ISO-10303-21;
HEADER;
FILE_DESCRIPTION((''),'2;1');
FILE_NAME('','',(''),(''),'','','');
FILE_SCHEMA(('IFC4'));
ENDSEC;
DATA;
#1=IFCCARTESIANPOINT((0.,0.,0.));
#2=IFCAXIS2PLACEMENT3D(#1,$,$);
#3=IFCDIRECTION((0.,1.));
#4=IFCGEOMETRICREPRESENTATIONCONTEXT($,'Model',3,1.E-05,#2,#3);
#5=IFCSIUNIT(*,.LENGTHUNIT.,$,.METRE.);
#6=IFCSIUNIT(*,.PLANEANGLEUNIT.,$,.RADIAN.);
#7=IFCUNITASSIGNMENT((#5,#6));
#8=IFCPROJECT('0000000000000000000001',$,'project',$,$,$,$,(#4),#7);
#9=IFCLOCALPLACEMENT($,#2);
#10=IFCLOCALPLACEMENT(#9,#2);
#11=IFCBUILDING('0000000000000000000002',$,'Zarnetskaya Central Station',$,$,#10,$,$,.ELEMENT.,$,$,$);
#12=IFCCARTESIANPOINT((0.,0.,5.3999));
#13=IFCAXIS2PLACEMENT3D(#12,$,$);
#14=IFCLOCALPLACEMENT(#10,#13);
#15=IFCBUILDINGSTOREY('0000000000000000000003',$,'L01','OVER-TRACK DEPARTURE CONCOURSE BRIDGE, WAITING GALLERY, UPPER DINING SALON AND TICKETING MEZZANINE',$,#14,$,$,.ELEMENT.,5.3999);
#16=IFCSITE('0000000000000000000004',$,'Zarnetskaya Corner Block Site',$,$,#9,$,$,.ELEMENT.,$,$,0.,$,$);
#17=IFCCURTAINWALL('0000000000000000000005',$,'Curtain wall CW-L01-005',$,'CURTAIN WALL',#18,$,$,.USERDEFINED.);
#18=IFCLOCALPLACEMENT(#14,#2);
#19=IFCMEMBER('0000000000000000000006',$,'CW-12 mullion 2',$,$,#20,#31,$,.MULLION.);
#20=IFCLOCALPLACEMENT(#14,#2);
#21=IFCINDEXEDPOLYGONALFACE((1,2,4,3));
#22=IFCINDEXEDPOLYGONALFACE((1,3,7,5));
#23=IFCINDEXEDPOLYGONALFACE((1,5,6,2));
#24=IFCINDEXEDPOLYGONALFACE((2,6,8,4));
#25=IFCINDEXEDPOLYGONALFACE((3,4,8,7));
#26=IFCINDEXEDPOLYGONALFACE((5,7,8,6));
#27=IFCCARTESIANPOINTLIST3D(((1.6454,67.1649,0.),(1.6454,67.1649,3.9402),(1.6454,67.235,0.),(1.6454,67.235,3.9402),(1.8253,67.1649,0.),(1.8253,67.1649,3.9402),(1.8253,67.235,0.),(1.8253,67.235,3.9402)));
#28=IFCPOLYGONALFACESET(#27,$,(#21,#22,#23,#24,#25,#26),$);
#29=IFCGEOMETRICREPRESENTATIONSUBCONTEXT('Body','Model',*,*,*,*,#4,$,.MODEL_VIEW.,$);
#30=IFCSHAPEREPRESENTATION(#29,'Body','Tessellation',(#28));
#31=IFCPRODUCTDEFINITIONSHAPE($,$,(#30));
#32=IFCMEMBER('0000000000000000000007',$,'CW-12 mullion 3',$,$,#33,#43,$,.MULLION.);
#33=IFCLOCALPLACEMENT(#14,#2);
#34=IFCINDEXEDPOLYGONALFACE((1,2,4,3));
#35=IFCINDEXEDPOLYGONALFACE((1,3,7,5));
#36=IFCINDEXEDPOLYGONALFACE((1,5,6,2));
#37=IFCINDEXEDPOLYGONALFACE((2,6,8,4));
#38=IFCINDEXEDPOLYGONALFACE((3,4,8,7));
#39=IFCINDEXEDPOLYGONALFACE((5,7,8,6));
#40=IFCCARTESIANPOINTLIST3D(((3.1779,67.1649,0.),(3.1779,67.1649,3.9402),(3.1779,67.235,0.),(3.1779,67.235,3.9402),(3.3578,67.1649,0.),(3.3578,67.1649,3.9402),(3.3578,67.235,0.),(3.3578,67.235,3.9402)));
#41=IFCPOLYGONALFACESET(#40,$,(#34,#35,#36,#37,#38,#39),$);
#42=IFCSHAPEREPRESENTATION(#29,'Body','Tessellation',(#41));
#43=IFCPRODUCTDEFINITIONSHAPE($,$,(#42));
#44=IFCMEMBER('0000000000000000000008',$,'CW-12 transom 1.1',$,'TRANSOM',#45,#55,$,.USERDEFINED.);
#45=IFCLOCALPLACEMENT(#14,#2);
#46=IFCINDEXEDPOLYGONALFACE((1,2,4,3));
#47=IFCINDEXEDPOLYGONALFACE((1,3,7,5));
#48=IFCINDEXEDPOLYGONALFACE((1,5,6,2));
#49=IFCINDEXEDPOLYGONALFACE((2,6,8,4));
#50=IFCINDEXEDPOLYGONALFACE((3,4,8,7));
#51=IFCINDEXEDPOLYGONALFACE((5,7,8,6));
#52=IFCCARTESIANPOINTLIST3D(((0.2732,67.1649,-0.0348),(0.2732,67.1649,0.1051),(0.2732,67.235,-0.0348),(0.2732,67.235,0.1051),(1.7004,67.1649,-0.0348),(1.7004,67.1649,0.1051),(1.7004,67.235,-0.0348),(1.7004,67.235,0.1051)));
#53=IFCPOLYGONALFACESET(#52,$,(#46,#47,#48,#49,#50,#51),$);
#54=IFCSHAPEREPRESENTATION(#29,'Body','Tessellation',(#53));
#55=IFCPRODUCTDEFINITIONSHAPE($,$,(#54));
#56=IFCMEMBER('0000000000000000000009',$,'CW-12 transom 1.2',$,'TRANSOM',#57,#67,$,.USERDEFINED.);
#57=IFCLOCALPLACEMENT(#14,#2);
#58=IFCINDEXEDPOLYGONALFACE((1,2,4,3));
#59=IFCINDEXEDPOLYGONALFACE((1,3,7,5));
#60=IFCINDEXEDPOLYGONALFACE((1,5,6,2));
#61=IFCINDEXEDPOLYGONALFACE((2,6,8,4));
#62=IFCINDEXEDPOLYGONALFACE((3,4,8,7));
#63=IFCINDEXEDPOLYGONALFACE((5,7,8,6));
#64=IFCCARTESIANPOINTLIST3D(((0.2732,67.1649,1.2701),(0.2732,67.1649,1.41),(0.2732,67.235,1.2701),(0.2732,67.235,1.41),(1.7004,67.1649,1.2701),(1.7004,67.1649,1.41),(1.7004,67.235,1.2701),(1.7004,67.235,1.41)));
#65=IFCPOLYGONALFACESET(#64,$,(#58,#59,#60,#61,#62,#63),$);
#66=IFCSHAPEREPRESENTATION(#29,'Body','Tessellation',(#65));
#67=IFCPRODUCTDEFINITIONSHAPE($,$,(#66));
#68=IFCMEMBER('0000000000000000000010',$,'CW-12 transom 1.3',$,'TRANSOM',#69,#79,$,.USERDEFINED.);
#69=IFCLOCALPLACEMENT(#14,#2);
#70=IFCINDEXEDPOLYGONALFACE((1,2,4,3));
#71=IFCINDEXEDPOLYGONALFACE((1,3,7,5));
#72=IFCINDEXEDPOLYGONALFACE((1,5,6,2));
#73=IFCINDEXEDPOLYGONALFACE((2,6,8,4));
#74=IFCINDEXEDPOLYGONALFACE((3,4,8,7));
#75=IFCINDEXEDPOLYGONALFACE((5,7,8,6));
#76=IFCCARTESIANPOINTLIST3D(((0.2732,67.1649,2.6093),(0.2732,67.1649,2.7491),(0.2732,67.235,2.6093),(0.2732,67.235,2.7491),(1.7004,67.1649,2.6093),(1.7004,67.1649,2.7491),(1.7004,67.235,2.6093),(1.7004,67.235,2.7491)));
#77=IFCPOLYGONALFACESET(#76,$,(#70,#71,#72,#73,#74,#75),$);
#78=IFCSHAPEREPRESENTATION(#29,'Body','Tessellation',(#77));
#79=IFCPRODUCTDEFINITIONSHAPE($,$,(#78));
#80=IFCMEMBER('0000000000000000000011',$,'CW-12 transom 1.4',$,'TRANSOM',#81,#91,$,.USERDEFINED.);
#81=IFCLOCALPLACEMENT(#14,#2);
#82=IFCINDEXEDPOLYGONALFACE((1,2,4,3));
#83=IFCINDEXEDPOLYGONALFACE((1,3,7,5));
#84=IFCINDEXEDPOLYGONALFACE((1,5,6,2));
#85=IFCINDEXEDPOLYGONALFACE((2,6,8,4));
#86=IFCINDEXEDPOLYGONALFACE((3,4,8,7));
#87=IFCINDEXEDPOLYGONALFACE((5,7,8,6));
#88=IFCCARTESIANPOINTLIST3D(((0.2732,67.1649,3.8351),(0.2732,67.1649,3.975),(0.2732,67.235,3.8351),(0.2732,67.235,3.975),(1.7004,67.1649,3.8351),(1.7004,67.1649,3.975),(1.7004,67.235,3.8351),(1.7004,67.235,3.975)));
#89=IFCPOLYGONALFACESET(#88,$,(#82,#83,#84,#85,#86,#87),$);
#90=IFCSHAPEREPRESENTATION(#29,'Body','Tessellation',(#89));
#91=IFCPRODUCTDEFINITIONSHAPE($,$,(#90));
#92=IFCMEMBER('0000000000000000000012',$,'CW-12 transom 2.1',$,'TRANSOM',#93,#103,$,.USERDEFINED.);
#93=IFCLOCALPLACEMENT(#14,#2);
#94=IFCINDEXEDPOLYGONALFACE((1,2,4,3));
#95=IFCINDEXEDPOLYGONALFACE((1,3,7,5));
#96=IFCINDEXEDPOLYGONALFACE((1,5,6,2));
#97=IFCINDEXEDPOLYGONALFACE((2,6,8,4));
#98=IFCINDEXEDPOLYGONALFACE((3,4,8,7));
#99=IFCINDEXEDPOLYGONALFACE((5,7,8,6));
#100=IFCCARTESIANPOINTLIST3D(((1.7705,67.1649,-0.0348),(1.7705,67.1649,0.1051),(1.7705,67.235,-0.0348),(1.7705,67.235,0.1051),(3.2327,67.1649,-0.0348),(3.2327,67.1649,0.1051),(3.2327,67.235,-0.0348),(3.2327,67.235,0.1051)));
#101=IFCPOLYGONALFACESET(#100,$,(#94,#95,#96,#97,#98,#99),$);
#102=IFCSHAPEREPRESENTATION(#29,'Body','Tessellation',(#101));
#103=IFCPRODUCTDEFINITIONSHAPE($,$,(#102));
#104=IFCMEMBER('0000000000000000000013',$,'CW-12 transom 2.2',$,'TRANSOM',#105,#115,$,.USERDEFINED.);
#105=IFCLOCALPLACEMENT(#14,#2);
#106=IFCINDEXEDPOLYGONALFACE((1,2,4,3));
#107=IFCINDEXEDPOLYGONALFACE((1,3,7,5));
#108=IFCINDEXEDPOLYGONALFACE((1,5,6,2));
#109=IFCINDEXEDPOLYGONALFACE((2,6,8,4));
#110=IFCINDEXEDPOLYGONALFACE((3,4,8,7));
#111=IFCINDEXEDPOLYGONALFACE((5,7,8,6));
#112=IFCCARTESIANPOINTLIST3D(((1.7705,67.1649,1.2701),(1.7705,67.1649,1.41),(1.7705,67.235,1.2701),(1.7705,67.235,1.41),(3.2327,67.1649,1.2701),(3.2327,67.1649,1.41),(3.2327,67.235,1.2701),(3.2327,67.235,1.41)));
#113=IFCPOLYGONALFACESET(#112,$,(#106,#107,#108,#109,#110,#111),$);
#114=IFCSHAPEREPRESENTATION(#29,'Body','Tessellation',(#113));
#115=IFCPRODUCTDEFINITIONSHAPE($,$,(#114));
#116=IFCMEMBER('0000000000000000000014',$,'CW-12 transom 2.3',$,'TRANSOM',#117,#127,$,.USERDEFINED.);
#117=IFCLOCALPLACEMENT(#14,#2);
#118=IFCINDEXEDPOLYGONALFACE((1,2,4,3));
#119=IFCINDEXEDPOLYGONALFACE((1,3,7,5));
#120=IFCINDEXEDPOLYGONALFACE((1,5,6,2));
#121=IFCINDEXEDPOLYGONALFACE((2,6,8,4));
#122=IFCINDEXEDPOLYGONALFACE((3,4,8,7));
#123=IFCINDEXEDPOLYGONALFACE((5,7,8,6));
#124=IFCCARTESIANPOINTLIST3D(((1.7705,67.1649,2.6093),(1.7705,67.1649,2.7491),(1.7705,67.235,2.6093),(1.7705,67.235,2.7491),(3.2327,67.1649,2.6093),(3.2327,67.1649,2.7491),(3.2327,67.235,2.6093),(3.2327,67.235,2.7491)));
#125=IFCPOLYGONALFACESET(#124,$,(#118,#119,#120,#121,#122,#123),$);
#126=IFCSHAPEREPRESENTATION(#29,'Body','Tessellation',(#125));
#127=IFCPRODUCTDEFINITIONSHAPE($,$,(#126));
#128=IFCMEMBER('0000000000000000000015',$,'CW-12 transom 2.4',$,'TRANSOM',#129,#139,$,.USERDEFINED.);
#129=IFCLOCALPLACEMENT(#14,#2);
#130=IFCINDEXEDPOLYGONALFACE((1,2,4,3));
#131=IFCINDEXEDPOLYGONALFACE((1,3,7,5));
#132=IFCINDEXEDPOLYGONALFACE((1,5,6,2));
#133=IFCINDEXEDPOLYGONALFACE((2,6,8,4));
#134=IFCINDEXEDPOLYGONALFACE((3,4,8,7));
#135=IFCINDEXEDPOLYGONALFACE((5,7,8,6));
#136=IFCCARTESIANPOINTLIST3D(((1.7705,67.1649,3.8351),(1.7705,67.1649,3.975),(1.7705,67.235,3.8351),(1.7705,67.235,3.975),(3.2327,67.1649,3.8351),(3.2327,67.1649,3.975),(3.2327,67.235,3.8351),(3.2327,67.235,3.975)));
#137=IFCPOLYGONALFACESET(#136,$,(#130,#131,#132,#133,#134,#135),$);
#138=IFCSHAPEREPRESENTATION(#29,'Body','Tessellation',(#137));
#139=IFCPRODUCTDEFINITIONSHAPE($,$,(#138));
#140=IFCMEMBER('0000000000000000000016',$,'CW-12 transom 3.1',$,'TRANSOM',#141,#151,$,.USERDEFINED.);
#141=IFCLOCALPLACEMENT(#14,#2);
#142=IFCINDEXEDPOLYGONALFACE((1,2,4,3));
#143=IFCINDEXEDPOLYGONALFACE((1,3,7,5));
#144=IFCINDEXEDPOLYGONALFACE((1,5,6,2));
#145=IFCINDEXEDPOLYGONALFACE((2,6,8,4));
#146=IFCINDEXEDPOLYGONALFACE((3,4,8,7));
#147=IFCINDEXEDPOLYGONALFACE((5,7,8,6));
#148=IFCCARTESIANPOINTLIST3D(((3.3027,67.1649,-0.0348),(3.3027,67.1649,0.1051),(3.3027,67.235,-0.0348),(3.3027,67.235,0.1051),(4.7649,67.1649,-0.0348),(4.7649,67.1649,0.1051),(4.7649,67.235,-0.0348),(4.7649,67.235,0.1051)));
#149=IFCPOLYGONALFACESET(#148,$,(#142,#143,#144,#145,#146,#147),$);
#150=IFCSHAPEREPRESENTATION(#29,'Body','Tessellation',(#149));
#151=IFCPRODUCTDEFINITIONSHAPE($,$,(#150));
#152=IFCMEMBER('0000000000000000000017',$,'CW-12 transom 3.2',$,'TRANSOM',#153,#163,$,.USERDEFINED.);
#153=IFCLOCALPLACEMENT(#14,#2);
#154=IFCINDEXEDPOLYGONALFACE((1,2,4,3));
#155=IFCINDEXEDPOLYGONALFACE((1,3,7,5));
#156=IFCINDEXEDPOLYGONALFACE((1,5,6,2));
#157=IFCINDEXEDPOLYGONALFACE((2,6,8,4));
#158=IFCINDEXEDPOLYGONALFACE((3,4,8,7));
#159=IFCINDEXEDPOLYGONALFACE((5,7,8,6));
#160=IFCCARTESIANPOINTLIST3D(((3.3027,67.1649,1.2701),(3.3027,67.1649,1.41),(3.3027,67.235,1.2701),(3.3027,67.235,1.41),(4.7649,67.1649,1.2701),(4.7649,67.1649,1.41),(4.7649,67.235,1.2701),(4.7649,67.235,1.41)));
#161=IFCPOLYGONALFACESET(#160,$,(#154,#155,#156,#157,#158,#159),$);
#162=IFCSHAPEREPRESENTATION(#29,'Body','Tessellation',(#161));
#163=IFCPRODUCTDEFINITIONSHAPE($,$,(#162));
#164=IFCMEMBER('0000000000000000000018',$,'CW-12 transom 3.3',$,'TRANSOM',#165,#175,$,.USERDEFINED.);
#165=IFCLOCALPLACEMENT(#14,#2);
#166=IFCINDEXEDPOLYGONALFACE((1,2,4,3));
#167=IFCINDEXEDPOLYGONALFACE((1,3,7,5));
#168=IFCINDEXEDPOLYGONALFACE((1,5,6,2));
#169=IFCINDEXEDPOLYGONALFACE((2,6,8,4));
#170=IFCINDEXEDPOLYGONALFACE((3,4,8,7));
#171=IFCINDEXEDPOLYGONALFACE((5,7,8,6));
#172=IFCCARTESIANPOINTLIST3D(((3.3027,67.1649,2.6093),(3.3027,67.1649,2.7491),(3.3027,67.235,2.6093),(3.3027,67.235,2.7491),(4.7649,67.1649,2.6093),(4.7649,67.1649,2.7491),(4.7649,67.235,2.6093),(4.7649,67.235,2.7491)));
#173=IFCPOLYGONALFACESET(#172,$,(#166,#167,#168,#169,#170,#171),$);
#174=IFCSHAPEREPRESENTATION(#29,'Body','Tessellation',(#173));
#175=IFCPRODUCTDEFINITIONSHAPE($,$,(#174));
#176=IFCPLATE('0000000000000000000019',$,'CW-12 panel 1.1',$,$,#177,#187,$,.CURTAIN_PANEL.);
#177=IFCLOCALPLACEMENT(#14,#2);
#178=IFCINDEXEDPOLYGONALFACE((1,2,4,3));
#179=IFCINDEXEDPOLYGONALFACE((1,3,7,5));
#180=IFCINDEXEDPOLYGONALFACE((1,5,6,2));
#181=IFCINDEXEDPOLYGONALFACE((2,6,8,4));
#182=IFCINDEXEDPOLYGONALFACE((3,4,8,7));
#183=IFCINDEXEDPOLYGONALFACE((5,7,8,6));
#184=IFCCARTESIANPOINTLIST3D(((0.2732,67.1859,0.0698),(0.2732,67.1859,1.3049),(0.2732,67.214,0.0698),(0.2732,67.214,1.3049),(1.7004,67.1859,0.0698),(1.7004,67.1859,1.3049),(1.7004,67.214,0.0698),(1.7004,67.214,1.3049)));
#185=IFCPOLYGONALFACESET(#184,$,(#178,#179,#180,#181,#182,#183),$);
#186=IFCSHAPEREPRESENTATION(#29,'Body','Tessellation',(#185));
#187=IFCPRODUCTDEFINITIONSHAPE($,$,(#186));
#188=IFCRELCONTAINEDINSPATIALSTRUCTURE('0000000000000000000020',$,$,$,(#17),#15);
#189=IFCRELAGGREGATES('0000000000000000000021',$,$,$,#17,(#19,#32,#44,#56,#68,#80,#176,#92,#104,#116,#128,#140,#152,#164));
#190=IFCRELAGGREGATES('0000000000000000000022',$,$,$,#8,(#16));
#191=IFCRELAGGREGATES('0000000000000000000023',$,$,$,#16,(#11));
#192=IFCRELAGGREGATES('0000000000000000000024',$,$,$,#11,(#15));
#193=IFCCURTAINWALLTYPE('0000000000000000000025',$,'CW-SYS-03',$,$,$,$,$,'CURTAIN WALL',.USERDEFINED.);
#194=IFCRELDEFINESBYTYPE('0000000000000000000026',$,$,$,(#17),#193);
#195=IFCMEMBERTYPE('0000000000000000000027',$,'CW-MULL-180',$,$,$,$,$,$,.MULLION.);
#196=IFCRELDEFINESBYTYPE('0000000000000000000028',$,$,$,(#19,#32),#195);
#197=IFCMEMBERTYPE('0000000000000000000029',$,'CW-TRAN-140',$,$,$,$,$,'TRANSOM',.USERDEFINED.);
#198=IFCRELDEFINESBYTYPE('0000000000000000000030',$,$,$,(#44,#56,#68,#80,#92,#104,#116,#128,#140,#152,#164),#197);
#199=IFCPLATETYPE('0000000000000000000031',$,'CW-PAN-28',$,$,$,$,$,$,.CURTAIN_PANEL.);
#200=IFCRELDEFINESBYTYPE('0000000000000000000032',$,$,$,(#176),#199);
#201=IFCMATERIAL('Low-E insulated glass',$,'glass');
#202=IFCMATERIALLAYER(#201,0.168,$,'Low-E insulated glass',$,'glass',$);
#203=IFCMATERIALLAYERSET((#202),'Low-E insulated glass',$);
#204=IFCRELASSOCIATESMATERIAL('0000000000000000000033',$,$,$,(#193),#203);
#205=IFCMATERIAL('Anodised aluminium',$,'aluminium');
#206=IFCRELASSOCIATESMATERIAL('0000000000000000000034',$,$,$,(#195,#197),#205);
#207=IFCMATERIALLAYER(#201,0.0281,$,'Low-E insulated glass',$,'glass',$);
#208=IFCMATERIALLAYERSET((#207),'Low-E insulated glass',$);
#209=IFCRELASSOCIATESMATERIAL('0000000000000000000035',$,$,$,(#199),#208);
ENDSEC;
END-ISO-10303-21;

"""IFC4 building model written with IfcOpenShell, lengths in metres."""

from ifc_helpers import new_model, si_unit, direction, frame, origin, origin_2d, place, context, subcontext, project, spatial, rectangle, extrude, material, layer, layer_set, material_profile, profile_set, type_object, element, aggregate, save


model = new_model("IFC4")

# Units and contexts
model_context = context("Model", 3, precision=1e-05, world=origin(), true_north=direction((0.0, 1.0)))
body_context = subcontext(model_context, "Body", "Model", "MODEL_VIEW")
ifc_project = project(units=[si_unit("LENGTHUNIT", "METRE"), si_unit("PLANEANGLEUNIT", "RADIAN")], contexts=[model_context])

# Site, building, storey
site_placement = place(None, origin())
site = spatial("IfcSite", under=ifc_project, at=site_placement, Name="Zarnetskaya Corner Block Site", CompositionType="ELEMENT", RefElevation=0.0)
building_placement = place(site_placement, origin())
building = spatial("IfcBuilding", under=site, at=building_placement, Name="Zarnetskaya Central Station", CompositionType="ELEMENT")
storey_placement = place(building_placement, frame((0.0, 0.0, 5.3999)))
storey = spatial("IfcBuildingStorey", under=building, at=storey_placement, Name="L01", Description="OVER-TRACK DEPARTURE CONCOURSE BRIDGE, WAITING GALLERY, UPPER DINING SALON AND TICKETING MEZZANINE", CompositionType="ELEMENT", Elevation=5.3999)

# Curtain wall, members, plate
ifc_material_1 = material(Name="Low-E insulated glass", Category="glass")
ifc_layer_1 = layer(ifc_material_1, 0.168, Name="Low-E insulated glass", Category="glass")
ifc_layer_set_1 = layer_set([ifc_layer_1], Name="Low-E insulated glass")
curtain_wall_type = type_object("IfcCurtainWallType", Name="CW-SYS-03", ElementType="CURTAIN WALL", PredefinedType="USERDEFINED", material=ifc_layer_set_1)
curtain_wall_placement = place(storey_placement, origin())
curtain_wall = element("IfcCurtainWall", 1, at=curtain_wall_placement, inside=storey, type_object=curtain_wall_type, Name="Curtain wall CW-L01-005", ObjectType="CURTAIN WALL", PredefinedType="USERDEFINED")
ifc_material_2 = material(Name="Anodised aluminium", Category="aluminium")
ifc_material_profile_1 = material_profile(ifc_material_2, rectangle(XDim=0.0701, YDim=0.1799, at=origin_2d()), Name="ALU MULL 70x180")
ifc_profile_set_1 = profile_set([ifc_material_profile_1], Name="Anodised aluminium")
member_type_1 = type_object("IfcMemberType", Name="CW-MULL-180", PredefinedType="MULLION", material=ifc_profile_set_1)
member_1_placement = place(storey_placement, frame((1.7354, 67.2, 0.0), z_axis=(0.0, 0.0, 1.0), x_axis=(0.0, 1.0, 0.0)))
member_1 = element("IfcMember", 2, at=member_1_placement, type_object=member_type_1, Name="CW-12 mullion 2", PredefinedType="MULLION", context=body_context, shape_type="SweptSolid", body=[
    extrude(rectangle(XDim=0.0701, YDim=0.1799, at=origin_2d()), origin(), (0.0, 0.0, 1.0), 3.9402),
])
member_2_placement = place(storey_placement, frame((3.2678, 67.2, 0.0), z_axis=(0.0, 0.0, 1.0), x_axis=(0.0, 1.0, 0.0)))
member_2 = element("IfcMember", 3, at=member_2_placement, type_object=member_type_1, Name="CW-12 mullion 3", PredefinedType="MULLION", context=body_context, shape_type="SweptSolid", body=[
    extrude(rectangle(XDim=0.0701, YDim=0.1799, at=origin_2d()), origin(), (0.0, 0.0, 1.0), 3.9402),
])
ifc_material_profile_2 = material_profile(ifc_material_2, rectangle(XDim=0.0701, YDim=0.1399, at=origin_2d()), Name="ALU TRAN 70x140")
ifc_profile_set_2 = profile_set([ifc_material_profile_2], Name="Anodised aluminium")
member_type_2 = type_object("IfcMemberType", Name="CW-TRAN-140", ElementType="TRANSOM", PredefinedType="USERDEFINED", material=ifc_profile_set_2)
member_3_placement = place(storey_placement, frame((0.2732, 67.2, 0.0352), z_axis=(1.0, 0.0, 0.0), x_axis=(0.0, 1.0, 0.0)))
member_3 = element("IfcMember", 4, at=member_3_placement, type_object=member_type_2, Name="CW-12 transom 1.1", ObjectType="TRANSOM", PredefinedType="USERDEFINED", context=body_context, shape_type="SweptSolid", body=[
    extrude(rectangle(XDim=0.0701, YDim=0.1399, at=origin_2d()), origin(), (0.0, 0.0, 1.0), 1.4272),
])
member_4_placement = place(storey_placement, frame((0.2732, 67.2, 1.3401), z_axis=(1.0, 0.0, 0.0), x_axis=(0.0, 1.0, 0.0)))
member_4 = element("IfcMember", 5, at=member_4_placement, type_object=member_type_2, Name="CW-12 transom 1.2", ObjectType="TRANSOM", PredefinedType="USERDEFINED", context=body_context, shape_type="SweptSolid", body=[
    extrude(rectangle(XDim=0.0701, YDim=0.1399, at=origin_2d()), origin(), (0.0, 0.0, 1.0), 1.4272),
])
member_5_placement = place(storey_placement, frame((0.2732, 67.2, 2.6792), z_axis=(1.0, 0.0, 0.0), x_axis=(0.0, 1.0, 0.0)))
member_5 = element("IfcMember", 6, at=member_5_placement, type_object=member_type_2, Name="CW-12 transom 1.3", ObjectType="TRANSOM", PredefinedType="USERDEFINED", context=body_context, shape_type="SweptSolid", body=[
    extrude(rectangle(XDim=0.0701, YDim=0.1399, at=origin_2d()), origin(), (0.0, 0.0, 1.0), 1.4272),
])
member_6_placement = place(storey_placement, frame((0.2732, 67.2, 3.905), z_axis=(1.0, 0.0, 0.0), x_axis=(0.0, 1.0, 0.0)))
member_6 = element("IfcMember", 7, at=member_6_placement, type_object=member_type_2, Name="CW-12 transom 1.4", ObjectType="TRANSOM", PredefinedType="USERDEFINED", context=body_context, shape_type="SweptSolid", body=[
    extrude(rectangle(XDim=0.0701, YDim=0.1399, at=origin_2d()), origin(), (0.0, 0.0, 1.0), 1.4272),
])
member_7_placement = place(storey_placement, frame((1.7705, 67.2, 0.0352), z_axis=(1.0, 0.0, 0.0), x_axis=(0.0, 1.0, 0.0)))
member_7 = element("IfcMember", 8, at=member_7_placement, type_object=member_type_2, Name="CW-12 transom 2.1", ObjectType="TRANSOM", PredefinedType="USERDEFINED", context=body_context, shape_type="SweptSolid", body=[
    extrude(rectangle(XDim=0.0701, YDim=0.1399, at=origin_2d()), origin(), (0.0, 0.0, 1.0), 1.4622),
])
member_8_placement = place(storey_placement, frame((1.7705, 67.2, 1.3401), z_axis=(1.0, 0.0, 0.0), x_axis=(0.0, 1.0, 0.0)))
member_8 = element("IfcMember", 9, at=member_8_placement, type_object=member_type_2, Name="CW-12 transom 2.2", ObjectType="TRANSOM", PredefinedType="USERDEFINED", context=body_context, shape_type="SweptSolid", body=[
    extrude(rectangle(XDim=0.0701, YDim=0.1399, at=origin_2d()), origin(), (0.0, 0.0, 1.0), 1.4622),
])
member_9_placement = place(storey_placement, frame((1.7705, 67.2, 2.6792), z_axis=(1.0, 0.0, 0.0), x_axis=(0.0, 1.0, 0.0)))
member_9 = element("IfcMember", 10, at=member_9_placement, type_object=member_type_2, Name="CW-12 transom 2.3", ObjectType="TRANSOM", PredefinedType="USERDEFINED", context=body_context, shape_type="SweptSolid", body=[
    extrude(rectangle(XDim=0.0701, YDim=0.1399, at=origin_2d()), origin(), (0.0, 0.0, 1.0), 1.4622),
])
member_10_placement = place(storey_placement, frame((1.7705, 67.2, 3.905), z_axis=(1.0, 0.0, 0.0), x_axis=(0.0, 1.0, 0.0)))
member_10 = element("IfcMember", 11, at=member_10_placement, type_object=member_type_2, Name="CW-12 transom 2.4", ObjectType="TRANSOM", PredefinedType="USERDEFINED", context=body_context, shape_type="SweptSolid", body=[
    extrude(rectangle(XDim=0.0701, YDim=0.1399, at=origin_2d()), origin(), (0.0, 0.0, 1.0), 1.4622),
])
member_11_placement = place(storey_placement, frame((3.3027, 67.2, 0.0352), z_axis=(1.0, 0.0, 0.0), x_axis=(0.0, 1.0, 0.0)))
member_11 = element("IfcMember", 12, at=member_11_placement, type_object=member_type_2, Name="CW-12 transom 3.1", ObjectType="TRANSOM", PredefinedType="USERDEFINED", context=body_context, shape_type="SweptSolid", body=[
    extrude(rectangle(XDim=0.0701, YDim=0.1399, at=origin_2d()), origin(), (0.0, 0.0, 1.0), 1.4622),
])
member_12_placement = place(storey_placement, frame((3.3027, 67.2, 1.3401), z_axis=(1.0, 0.0, 0.0), x_axis=(0.0, 1.0, 0.0)))
member_12 = element("IfcMember", 13, at=member_12_placement, type_object=member_type_2, Name="CW-12 transom 3.2", ObjectType="TRANSOM", PredefinedType="USERDEFINED", context=body_context, shape_type="SweptSolid", body=[
    extrude(rectangle(XDim=0.0701, YDim=0.1399, at=origin_2d()), origin(), (0.0, 0.0, 1.0), 1.4622),
])
member_13_placement = place(storey_placement, frame((3.3027, 67.2, 2.6792), z_axis=(1.0, 0.0, 0.0), x_axis=(0.0, 1.0, 0.0)))
member_13 = element("IfcMember", 14, at=member_13_placement, type_object=member_type_2, Name="CW-12 transom 3.3", ObjectType="TRANSOM", PredefinedType="USERDEFINED", context=body_context, shape_type="SweptSolid", body=[
    extrude(rectangle(XDim=0.0701, YDim=0.1399, at=origin_2d()), origin(), (0.0, 0.0, 1.0), 1.4622),
])
ifc_layer_2 = layer(ifc_material_1, 0.0281, Name="Low-E insulated glass", Category="glass")
ifc_layer_set_2 = layer_set([ifc_layer_2], Name="Low-E insulated glass")
plate_type = type_object("IfcPlateType", Name="CW-PAN-28", PredefinedType="CURTAIN_PANEL", material=ifc_layer_set_2)
plate_1_placement = place(storey_placement, frame((0.9868, 67.2, 0.0698), z_axis=(0.0, 0.0, 1.0), x_axis=(1.0, 0.0, 0.0)))
plate_1 = element("IfcPlate", 15, at=plate_1_placement, type_object=plate_type, Name="CW-12 panel 1.1", PredefinedType="CURTAIN_PANEL", context=body_context, shape_type="SweptSolid", body=[
    extrude(rectangle(XDim=1.4272, YDim=0.0281, at=origin_2d()), origin(), (0.0, 0.0, 1.0), 1.2351),
])
aggregate(curtain_wall, [member_1, member_2, member_3, member_4, member_5, member_6, plate_1, member_7, member_8, member_9, member_10, member_11, member_12, member_13])

save(model, "model.ifc")
